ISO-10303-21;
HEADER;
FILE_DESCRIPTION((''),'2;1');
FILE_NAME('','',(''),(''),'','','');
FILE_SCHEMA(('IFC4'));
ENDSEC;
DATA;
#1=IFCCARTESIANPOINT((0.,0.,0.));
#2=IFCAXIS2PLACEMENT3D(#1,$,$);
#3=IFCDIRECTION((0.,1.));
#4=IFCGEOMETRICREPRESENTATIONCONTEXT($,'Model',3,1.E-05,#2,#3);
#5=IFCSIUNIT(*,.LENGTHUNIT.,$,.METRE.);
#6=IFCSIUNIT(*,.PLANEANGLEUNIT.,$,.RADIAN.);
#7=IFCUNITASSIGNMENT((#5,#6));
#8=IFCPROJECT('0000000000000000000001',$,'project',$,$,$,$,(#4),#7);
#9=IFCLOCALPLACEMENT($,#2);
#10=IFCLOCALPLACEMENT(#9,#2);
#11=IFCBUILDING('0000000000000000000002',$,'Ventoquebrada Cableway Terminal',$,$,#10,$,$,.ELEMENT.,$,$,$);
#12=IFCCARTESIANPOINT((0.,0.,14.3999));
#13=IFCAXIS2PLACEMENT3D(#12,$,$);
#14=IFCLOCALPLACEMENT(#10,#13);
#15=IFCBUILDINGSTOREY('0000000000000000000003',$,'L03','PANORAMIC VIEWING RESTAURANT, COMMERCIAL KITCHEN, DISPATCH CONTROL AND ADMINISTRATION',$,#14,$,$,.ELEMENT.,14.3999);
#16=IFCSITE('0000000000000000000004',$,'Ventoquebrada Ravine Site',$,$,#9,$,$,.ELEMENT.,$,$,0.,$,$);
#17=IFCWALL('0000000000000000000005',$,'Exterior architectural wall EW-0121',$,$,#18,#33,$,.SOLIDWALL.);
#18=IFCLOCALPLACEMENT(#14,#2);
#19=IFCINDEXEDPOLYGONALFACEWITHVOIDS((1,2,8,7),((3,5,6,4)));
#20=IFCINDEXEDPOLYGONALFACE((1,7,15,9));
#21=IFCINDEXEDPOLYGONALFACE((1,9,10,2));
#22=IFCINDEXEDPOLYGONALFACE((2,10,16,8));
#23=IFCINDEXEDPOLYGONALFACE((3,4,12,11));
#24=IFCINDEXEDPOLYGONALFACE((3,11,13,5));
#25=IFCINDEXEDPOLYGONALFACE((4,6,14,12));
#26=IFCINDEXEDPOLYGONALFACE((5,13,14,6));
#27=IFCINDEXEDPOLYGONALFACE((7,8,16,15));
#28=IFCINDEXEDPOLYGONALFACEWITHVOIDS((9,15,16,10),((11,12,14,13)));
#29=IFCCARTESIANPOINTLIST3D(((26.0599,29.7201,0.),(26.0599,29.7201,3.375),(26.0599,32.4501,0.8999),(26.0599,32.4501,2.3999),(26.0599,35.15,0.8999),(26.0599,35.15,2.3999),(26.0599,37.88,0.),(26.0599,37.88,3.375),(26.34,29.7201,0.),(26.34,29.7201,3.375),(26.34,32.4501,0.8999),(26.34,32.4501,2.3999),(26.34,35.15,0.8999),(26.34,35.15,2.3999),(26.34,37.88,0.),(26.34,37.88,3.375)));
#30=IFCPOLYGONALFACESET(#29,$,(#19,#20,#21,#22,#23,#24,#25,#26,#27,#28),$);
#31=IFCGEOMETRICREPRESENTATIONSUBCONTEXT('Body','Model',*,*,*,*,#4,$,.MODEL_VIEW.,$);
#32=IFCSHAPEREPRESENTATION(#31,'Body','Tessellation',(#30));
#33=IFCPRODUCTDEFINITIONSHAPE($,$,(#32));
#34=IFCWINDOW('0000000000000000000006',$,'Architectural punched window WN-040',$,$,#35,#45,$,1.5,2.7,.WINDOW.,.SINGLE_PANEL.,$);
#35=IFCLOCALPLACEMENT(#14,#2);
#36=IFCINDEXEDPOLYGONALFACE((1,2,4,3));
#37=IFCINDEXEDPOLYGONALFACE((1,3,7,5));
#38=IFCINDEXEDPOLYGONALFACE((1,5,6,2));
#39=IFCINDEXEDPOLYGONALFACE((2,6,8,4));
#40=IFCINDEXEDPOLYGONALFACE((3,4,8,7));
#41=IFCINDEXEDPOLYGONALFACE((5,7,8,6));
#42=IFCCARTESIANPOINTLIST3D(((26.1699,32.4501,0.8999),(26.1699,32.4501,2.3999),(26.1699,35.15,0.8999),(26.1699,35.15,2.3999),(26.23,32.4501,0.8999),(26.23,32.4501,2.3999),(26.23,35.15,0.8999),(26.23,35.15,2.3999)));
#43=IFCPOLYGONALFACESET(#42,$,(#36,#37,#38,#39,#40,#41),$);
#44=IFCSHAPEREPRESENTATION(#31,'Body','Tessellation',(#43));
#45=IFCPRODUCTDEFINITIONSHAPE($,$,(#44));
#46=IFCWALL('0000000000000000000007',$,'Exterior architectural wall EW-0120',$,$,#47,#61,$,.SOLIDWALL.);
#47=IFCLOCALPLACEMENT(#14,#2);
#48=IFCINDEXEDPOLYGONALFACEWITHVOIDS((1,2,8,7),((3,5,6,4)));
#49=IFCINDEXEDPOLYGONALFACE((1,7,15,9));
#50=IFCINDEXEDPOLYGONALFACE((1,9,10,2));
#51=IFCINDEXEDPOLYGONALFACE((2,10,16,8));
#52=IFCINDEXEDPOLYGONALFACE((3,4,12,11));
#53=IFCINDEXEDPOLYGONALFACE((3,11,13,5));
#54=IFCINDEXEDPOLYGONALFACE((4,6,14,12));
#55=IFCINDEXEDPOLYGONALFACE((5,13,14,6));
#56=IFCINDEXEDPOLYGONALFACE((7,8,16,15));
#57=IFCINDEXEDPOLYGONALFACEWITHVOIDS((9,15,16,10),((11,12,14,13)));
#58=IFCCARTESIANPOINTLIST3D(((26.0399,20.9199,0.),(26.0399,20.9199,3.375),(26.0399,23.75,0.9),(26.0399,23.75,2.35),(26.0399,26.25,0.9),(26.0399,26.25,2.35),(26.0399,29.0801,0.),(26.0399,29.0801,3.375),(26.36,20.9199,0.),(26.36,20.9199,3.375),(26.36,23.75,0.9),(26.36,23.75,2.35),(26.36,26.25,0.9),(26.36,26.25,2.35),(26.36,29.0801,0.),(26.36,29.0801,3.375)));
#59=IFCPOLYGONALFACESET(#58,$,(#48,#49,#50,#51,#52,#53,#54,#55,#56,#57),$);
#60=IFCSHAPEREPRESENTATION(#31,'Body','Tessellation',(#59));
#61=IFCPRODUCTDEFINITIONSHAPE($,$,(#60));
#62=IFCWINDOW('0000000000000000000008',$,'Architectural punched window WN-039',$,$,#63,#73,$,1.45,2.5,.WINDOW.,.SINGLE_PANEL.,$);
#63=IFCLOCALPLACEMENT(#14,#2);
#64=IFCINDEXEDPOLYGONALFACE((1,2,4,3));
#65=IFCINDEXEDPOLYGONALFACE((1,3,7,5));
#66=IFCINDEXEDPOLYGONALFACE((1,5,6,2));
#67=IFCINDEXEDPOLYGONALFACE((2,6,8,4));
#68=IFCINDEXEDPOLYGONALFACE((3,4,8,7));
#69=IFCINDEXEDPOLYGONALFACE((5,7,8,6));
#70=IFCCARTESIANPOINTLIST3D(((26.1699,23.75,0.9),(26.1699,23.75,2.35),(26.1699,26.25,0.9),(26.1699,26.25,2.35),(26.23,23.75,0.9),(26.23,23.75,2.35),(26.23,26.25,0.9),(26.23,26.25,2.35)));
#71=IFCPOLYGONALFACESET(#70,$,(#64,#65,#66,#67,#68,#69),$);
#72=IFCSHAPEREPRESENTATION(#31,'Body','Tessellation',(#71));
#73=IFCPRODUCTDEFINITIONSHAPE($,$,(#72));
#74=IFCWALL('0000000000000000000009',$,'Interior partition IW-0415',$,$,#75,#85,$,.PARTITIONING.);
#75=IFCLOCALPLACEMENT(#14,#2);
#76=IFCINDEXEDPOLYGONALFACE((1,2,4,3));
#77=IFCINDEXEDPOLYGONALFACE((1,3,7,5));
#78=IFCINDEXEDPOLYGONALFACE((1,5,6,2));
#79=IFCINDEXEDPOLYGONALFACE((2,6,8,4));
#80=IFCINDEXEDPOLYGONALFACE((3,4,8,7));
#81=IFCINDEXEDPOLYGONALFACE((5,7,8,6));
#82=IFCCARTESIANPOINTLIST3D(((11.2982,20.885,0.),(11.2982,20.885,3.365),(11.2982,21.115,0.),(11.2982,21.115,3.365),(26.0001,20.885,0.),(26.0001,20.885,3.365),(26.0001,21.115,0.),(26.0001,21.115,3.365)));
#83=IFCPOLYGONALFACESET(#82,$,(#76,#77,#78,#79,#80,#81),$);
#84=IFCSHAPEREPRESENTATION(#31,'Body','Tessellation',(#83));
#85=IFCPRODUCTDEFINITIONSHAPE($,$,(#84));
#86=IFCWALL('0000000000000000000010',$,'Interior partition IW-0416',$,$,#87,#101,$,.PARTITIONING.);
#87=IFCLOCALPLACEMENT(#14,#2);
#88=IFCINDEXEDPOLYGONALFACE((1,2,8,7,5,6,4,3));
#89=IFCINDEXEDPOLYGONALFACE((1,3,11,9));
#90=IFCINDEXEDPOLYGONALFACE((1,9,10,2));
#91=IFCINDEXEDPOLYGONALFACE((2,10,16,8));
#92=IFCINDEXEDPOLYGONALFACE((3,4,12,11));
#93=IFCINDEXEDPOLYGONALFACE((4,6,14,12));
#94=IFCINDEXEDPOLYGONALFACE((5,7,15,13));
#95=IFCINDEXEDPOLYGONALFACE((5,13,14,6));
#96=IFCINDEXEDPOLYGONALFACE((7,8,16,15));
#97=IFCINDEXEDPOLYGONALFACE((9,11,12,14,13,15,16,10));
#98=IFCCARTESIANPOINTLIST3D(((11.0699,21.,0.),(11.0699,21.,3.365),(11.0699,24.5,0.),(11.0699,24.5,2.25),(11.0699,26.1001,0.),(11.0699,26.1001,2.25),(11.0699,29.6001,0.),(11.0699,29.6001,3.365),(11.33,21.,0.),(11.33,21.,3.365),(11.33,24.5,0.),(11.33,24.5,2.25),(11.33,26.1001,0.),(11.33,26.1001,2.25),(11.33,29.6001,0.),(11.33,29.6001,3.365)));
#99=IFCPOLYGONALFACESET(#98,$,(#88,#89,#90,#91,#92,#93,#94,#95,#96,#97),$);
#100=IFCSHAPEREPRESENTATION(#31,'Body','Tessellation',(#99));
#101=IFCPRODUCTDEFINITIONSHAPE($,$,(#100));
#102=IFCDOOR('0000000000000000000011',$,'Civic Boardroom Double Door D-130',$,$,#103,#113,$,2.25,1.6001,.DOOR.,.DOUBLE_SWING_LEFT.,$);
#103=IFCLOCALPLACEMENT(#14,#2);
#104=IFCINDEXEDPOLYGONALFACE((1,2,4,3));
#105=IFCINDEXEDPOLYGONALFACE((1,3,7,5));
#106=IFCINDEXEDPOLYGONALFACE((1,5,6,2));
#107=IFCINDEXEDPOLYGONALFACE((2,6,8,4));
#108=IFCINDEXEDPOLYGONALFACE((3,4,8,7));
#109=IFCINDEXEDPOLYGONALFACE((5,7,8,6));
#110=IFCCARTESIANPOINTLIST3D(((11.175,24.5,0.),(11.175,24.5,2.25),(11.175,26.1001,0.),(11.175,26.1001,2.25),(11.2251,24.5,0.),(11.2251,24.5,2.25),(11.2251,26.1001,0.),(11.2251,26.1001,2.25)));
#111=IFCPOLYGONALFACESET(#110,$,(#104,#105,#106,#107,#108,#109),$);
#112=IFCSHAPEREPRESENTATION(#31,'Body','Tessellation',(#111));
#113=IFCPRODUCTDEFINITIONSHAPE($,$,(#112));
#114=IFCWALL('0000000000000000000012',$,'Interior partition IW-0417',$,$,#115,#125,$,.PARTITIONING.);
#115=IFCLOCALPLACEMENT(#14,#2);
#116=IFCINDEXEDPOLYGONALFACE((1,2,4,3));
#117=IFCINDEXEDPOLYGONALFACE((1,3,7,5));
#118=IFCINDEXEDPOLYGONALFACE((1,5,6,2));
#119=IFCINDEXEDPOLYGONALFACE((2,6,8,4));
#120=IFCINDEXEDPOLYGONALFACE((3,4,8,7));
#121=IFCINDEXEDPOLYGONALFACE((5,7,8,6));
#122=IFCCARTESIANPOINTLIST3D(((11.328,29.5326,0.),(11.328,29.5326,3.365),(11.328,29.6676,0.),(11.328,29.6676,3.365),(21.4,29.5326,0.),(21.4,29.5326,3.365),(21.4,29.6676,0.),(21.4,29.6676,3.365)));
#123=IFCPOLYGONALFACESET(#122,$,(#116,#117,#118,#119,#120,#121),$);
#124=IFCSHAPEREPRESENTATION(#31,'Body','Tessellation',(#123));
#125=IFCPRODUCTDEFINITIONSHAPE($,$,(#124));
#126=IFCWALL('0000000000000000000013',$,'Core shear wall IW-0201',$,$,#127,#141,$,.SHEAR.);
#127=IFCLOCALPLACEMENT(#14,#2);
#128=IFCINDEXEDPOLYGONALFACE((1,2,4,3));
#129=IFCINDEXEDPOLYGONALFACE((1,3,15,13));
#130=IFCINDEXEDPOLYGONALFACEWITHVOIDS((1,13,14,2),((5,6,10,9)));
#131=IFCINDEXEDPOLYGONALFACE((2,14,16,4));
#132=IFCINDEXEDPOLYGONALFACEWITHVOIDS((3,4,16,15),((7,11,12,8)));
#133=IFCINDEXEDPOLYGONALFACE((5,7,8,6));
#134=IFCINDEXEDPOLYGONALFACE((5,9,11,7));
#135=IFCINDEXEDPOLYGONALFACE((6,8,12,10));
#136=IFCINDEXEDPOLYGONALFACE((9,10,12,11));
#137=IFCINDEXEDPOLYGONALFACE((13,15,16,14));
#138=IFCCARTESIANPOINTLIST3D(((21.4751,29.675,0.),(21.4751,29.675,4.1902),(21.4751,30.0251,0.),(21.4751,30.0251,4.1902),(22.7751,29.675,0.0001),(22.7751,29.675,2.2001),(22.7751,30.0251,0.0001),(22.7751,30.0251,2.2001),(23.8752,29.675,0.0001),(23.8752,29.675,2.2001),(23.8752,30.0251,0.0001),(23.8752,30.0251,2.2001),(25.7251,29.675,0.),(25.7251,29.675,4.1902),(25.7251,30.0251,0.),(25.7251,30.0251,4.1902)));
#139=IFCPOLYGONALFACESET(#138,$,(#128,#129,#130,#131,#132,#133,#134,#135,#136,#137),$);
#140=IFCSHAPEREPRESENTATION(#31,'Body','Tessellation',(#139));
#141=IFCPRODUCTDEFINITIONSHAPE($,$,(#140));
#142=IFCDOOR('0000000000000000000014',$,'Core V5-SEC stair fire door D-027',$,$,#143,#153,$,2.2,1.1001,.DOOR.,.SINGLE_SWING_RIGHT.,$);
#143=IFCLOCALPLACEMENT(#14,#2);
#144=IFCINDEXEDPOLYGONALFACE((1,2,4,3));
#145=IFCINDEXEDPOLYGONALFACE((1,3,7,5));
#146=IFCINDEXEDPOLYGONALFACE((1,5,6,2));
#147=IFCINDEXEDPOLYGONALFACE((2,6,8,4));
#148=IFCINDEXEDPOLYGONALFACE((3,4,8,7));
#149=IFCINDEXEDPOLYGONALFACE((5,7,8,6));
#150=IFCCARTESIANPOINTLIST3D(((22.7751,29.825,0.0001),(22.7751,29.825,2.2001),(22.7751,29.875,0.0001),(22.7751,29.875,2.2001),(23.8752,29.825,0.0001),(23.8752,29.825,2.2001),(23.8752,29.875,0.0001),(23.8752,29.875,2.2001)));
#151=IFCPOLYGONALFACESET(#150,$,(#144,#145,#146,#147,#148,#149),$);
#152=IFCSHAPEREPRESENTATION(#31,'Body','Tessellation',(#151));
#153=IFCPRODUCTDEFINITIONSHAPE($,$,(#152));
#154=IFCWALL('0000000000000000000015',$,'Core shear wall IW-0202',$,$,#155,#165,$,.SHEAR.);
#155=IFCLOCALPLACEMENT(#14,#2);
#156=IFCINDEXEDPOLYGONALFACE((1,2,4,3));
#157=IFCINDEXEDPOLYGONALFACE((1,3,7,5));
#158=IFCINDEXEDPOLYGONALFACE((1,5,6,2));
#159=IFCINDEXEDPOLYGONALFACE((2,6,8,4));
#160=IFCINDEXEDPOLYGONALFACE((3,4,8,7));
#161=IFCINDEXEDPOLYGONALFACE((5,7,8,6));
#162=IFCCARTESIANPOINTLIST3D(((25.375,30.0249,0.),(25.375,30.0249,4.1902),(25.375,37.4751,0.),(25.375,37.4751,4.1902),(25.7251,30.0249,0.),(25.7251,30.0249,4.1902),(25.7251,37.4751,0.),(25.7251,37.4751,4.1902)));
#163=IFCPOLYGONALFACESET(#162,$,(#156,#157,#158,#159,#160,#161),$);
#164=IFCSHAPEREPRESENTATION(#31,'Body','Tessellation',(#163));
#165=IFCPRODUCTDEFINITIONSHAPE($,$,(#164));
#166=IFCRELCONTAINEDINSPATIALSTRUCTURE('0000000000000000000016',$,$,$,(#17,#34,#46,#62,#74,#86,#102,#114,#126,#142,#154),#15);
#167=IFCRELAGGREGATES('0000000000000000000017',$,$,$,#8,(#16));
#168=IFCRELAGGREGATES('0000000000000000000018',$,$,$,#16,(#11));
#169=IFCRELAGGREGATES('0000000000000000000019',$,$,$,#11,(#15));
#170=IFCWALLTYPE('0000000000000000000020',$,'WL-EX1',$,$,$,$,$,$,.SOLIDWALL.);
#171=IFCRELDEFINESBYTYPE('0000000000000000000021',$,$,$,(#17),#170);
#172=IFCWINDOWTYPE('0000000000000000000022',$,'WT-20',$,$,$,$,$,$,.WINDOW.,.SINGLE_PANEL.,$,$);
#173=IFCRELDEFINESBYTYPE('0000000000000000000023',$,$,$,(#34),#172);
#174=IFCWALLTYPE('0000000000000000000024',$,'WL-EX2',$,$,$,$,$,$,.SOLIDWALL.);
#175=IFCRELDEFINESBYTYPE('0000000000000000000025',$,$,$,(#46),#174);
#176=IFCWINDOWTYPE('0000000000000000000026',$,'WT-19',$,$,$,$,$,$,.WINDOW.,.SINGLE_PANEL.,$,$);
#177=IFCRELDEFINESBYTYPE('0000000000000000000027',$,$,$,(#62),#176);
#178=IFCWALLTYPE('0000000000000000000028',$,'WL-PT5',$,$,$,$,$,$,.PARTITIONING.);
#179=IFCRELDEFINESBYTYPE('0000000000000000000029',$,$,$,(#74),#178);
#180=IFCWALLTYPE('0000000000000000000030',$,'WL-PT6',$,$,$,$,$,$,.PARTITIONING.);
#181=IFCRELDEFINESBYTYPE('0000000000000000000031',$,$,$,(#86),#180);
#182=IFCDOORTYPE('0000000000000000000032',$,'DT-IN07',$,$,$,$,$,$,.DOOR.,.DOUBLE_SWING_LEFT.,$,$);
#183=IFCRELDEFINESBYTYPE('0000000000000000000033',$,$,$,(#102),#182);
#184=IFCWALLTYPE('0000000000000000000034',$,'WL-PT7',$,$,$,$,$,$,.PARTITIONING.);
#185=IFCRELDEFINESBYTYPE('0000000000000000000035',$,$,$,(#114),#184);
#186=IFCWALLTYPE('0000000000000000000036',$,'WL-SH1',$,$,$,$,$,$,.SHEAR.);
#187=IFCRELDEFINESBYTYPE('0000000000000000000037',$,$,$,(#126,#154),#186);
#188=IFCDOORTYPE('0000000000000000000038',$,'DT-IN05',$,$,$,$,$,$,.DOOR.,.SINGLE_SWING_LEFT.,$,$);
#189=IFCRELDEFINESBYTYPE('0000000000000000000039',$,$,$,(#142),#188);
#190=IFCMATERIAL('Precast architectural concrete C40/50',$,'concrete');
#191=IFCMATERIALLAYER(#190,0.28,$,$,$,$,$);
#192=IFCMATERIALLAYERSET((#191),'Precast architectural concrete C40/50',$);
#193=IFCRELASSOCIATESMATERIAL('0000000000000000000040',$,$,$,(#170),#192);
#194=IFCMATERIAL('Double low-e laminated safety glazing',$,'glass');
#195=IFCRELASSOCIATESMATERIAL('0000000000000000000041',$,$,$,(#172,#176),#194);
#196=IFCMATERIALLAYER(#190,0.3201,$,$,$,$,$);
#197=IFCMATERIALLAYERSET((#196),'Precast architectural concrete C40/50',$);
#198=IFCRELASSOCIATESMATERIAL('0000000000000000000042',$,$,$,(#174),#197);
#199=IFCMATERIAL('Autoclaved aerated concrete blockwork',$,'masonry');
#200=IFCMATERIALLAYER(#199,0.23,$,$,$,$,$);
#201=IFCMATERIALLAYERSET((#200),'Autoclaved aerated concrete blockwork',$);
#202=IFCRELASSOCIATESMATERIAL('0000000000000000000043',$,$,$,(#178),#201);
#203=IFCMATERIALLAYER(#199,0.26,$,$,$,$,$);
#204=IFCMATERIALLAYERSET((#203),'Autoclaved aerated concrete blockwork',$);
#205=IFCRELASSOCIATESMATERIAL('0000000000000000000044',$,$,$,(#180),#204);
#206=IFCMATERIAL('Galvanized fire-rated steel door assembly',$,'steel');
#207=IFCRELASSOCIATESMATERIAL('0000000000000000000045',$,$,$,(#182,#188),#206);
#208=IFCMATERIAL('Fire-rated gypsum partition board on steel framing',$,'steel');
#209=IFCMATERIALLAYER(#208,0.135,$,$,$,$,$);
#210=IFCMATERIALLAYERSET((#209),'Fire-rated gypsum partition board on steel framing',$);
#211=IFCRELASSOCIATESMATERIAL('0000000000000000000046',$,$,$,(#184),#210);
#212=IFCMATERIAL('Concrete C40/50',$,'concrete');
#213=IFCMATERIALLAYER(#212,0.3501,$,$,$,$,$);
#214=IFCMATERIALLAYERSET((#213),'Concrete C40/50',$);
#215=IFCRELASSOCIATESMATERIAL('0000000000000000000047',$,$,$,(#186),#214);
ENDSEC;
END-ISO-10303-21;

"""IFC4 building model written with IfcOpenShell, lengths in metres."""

from ifc_helpers import new_model, si_unit, direction, frame, frame_2d, origin, place, context, subcontext, project, spatial, rectangle, extrude, material, layer, layer_set, type_object, element, fill, save


model = new_model("IFC4")

# Units and contexts
model_context = context("Model", 3, precision=1e-05, world=origin(), true_north=direction((0.0, 1.0)))
body_context = subcontext(model_context, "Body", "Model", "MODEL_VIEW")
ifc_project = project(units=[si_unit("LENGTHUNIT", "METRE"), si_unit("PLANEANGLEUNIT", "RADIAN")], contexts=[model_context])

# Site, building, storey
site_placement = place(None, origin())
site = spatial("IfcSite", under=ifc_project, at=site_placement, Name="Ventoquebrada Ravine Site", CompositionType="ELEMENT", RefElevation=0.0)
building_placement = place(site_placement, origin())
building = spatial("IfcBuilding", under=site, at=building_placement, Name="Ventoquebrada Cableway Terminal", CompositionType="ELEMENT")
storey_placement = place(building_placement, frame((0.0, 0.0, 14.3999)))
storey = spatial("IfcBuildingStorey", under=building, at=storey_placement, Name="L03", Description="PANORAMIC VIEWING RESTAURANT, COMMERCIAL KITCHEN, DISPATCH CONTROL AND ADMINISTRATION", CompositionType="ELEMENT", Elevation=14.3999)

# Shared definitions
ifc_material_1 = material(Name="Concrete C40/50", Category="concrete")

# Walls, openings, windows
ifc_material_2 = material(Name="Precast architectural concrete C40/50", Category="concrete")
ifc_layer_1 = layer(ifc_material_2, 0.28)
ifc_layer_set_1 = layer_set([ifc_layer_1], Name="Precast architectural concrete C40/50")
wall_type_1 = type_object("IfcWallType", Name="WL-EX1", PredefinedType="SOLIDWALL", material=ifc_layer_set_1)
wall_1_placement = place(storey_placement, frame((26.2, 29.72, 0.0), z_axis=(0.0, 0.0, 1.0), x_axis=(0.0, 1.0, 0.0)))
wall_1 = element("IfcWall", 1, at=wall_1_placement, inside=storey, type_object=wall_type_1, Name="Exterior architectural wall EW-0121", PredefinedType="SOLIDWALL", context=body_context, shape_type="SweptSolid", body=[
    extrude(rectangle(XDim=8.1599, YDim=0.28, at=frame_2d((4.0801, 0.0))), origin(), (0.0, 0.0, 1.0), 3.375),
])
opening_1_placement = place(wall_1_placement, frame((2.73, 0.0, 0.8999)))
opening_1 = element("IfcOpeningElement", 2, at=opening_1_placement, cuts=wall_1, PredefinedType="OPENING", context=body_context, shape_type="SweptSolid", body=[
    extrude(rectangle(XDim=2.7, YDim=1.5, at=frame_2d((1.3501, 0.75))), frame((0.0, 0.1499, 0.0), z_axis=(0.0, -1.0, 0.0), x_axis=(1.0, 0.0, 0.0)), (0.0, 0.0, 1.0), 0.3),
])
ifc_material_3 = material(Name="Double low-e laminated safety glazing", Category="glass")
window_type_1 = type_object("IfcWindowType", Name="WT-20", PartitioningType="SINGLE_PANEL", PredefinedType="WINDOW", material=ifc_material_3)
window_1_placement = place(opening_1_placement, origin())
window_1 = element("IfcWindow", 3, at=window_1_placement, inside=storey, type_object=window_type_1, Name="Architectural punched window WN-040", OverallHeight=1.5, OverallWidth=2.7, PartitioningType="SINGLE_PANEL", PredefinedType="WINDOW", context=body_context, shape_type="SweptSolid", body=[
    extrude(rectangle(XDim=2.7, YDim=1.5, at=frame_2d((1.3501, 0.75))), frame((0.0, 0.03, 0.0), z_axis=(0.0, -1.0, 0.0), x_axis=(1.0, 0.0, 0.0)), (0.0, 0.0, 1.0), 0.0601),
])
fill(opening_1, window_1)
ifc_layer_2 = layer(ifc_material_2, 0.3201)
ifc_layer_set_2 = layer_set([ifc_layer_2], Name="Precast architectural concrete C40/50")
wall_type_2 = type_object("IfcWallType", Name="WL-EX2", PredefinedType="SOLIDWALL", material=ifc_layer_set_2)
wall_2_placement = place(storey_placement, frame((26.2, 20.9199, 0.0), z_axis=(0.0, 0.0, 1.0), x_axis=(0.0, 1.0, 0.0)))
wall_2 = element("IfcWall", 4, at=wall_2_placement, inside=storey, type_object=wall_type_2, Name="Exterior architectural wall EW-0120", PredefinedType="SOLIDWALL", context=body_context, shape_type="SweptSolid", body=[
    extrude(rectangle(XDim=8.1602, YDim=0.3201, at=frame_2d((4.0801, 0.0))), origin(), (0.0, 0.0, 1.0), 3.375),
])
opening_2_placement = place(wall_2_placement, frame((2.8301, 0.0, 0.8999)))
opening_2 = element("IfcOpeningElement", 5, at=opening_2_placement, cuts=wall_2, PredefinedType="OPENING", context=body_context, shape_type="SweptSolid", body=[
    extrude(rectangle(XDim=2.5, YDim=1.45, at=frame_2d((1.25, 0.7251))), frame((0.0, 0.1699, 0.0), z_axis=(0.0, -1.0, 0.0), x_axis=(1.0, 0.0, 0.0)), (0.0, 0.0, 1.0), 0.3401),
])
window_type_2 = type_object("IfcWindowType", Name="WT-19", PartitioningType="SINGLE_PANEL", PredefinedType="WINDOW", material=ifc_material_3)
window_2_placement = place(opening_2_placement, origin())
window_2 = element("IfcWindow", 6, at=window_2_placement, inside=storey, type_object=window_type_2, Name="Architectural punched window WN-039", OverallHeight=1.45, OverallWidth=2.5, PartitioningType="SINGLE_PANEL", PredefinedType="WINDOW", context=body_context, shape_type="SweptSolid", body=[
    extrude(rectangle(XDim=2.5, YDim=1.45, at=frame_2d((1.25, 0.7251))), frame((0.0, 0.03, 0.0), z_axis=(0.0, -1.0, 0.0), x_axis=(1.0, 0.0, 0.0)), (0.0, 0.0, 1.0), 0.0601),
])
fill(opening_2, window_2)

# Wall
ifc_material_4 = material(Name="Autoclaved aerated concrete blockwork", Category="masonry")
ifc_layer_3 = layer(ifc_material_4, 0.23)
ifc_layer_set_3 = layer_set([ifc_layer_3], Name="Autoclaved aerated concrete blockwork")
wall_type_3 = type_object("IfcWallType", Name="WL-PT5", PredefinedType="PARTITIONING", material=ifc_layer_set_3)
wall_3_placement = place(storey_placement, frame((11.2981, 21.0, 0.0), z_axis=(0.0, 0.0, 1.0), x_axis=(1.0, 0.0, 0.0)))
element("IfcWall", 7, at=wall_3_placement, inside=storey, type_object=wall_type_3, Name="Interior partition IW-0415", PredefinedType="PARTITIONING", context=body_context, shape_type="SweptSolid", body=[
    extrude(rectangle(XDim=14.7019, YDim=0.23, at=frame_2d((7.3511, 0.0))), origin(), (0.0, 0.0, 1.0), 3.365),
])

# Wall, opening, door
ifc_layer_4 = layer(ifc_material_4, 0.26)
ifc_layer_set_4 = layer_set([ifc_layer_4], Name="Autoclaved aerated concrete blockwork")
wall_type_4 = type_object("IfcWallType", Name="WL-PT6", PredefinedType="PARTITIONING", material=ifc_layer_set_4)
wall_4_placement = place(storey_placement, frame((11.2, 21.0, 0.0), z_axis=(0.0, 0.0, 1.0), x_axis=(0.0, 1.0, 0.0)))
wall_4 = element("IfcWall", 8, at=wall_4_placement, inside=storey, type_object=wall_type_4, Name="Interior partition IW-0416", PredefinedType="PARTITIONING", context=body_context, shape_type="SweptSolid", body=[
    extrude(rectangle(XDim=8.6001, YDim=0.26, at=frame_2d((4.3, 0.0))), origin(), (0.0, 0.0, 1.0), 3.365),
])
opening_3_placement = place(wall_4_placement, frame((3.5, 0.0, 0.0)))
opening_3 = element("IfcOpeningElement", 9, at=opening_3_placement, cuts=wall_4, PredefinedType="OPENING", context=body_context, shape_type="SweptSolid", body=[
    extrude(rectangle(XDim=1.6001, YDim=2.25, at=frame_2d((0.8, 1.125))), frame((0.0, 0.1399, 0.0), z_axis=(0.0, -1.0, 0.0), x_axis=(1.0, 0.0, 0.0)), (0.0, 0.0, 1.0), 0.28),
])
ifc_material_5 = material(Name="Galvanized fire-rated steel door assembly", Category="steel")
door_type_1 = type_object("IfcDoorType", Name="DT-IN07", OperationType="DOUBLE_SWING_LEFT", PredefinedType="DOOR", material=ifc_material_5)
door_1_placement = place(opening_3_placement, origin())
door_1 = element("IfcDoor", 10, at=door_1_placement, inside=storey, type_object=door_type_1, Name="Civic Boardroom Double Door D-130", OperationType="DOUBLE_SWING_LEFT", OverallHeight=2.25, OverallWidth=1.6001, PredefinedType="DOOR", context=body_context, shape_type="SweptSolid", body=[
    extrude(rectangle(XDim=1.6001, YDim=2.25, at=frame_2d((0.8, 1.125))), frame((0.0, 0.0249, 0.0), z_axis=(0.0, -1.0, 0.0), x_axis=(1.0, 0.0, 0.0)), (0.0, 0.0, 1.0), 0.05),
])
fill(opening_3, door_1)

# Wall
ifc_material_6 = material(Name="Fire-rated gypsum partition board on steel framing", Category="steel")
ifc_layer_5 = layer(ifc_material_6, 0.135)
ifc_layer_set_5 = layer_set([ifc_layer_5], Name="Fire-rated gypsum partition board on steel framing")
wall_type_5 = type_object("IfcWallType", Name="WL-PT7", PredefinedType="PARTITIONING", material=ifc_layer_set_5)
wall_5_placement = place(storey_placement, frame((11.3279, 29.6001, 0.0), z_axis=(0.0, 0.0, 1.0), x_axis=(1.0, 0.0, 0.0)))
element("IfcWall", 11, at=wall_5_placement, inside=storey, type_object=wall_type_5, Name="Interior partition IW-0417", PredefinedType="PARTITIONING", context=body_context, shape_type="SweptSolid", body=[
    extrude(rectangle(XDim=10.072, YDim=0.135, at=frame_2d((5.0361, 0.0))), origin(), (0.0, 0.0, 1.0), 3.365),
])

# Wall, opening, door
ifc_layer_6 = layer(ifc_material_1, 0.3501)
ifc_layer_set_6 = layer_set([ifc_layer_6], Name="Concrete C40/50")
wall_type_6 = type_object("IfcWallType", Name="WL-SH1", PredefinedType="SHEAR", material=ifc_layer_set_6)
wall_6_placement = place(storey_placement, frame((21.4751, 29.8501, 0.0), z_axis=(0.0, 0.0, 1.0), x_axis=(1.0, 0.0, 0.0)))
wall_6 = element("IfcWall", 12, at=wall_6_placement, inside=storey, type_object=wall_type_6, Name="Core shear wall IW-0201", PredefinedType="SHEAR", context=body_context, shape_type="SweptSolid", body=[
    extrude(rectangle(XDim=4.25, YDim=0.3501, at=frame_2d((2.125, 0.0))), origin(), (0.0, 0.0, 1.0), 4.1902),
])
opening_4_placement = place(wall_6_placement, frame((1.3, 0.0, 0.0)))
opening_4 = element("IfcOpeningElement", 13, at=opening_4_placement, cuts=wall_6, PredefinedType="OPENING", context=body_context, shape_type="SweptSolid", body=[
    extrude(rectangle(XDim=1.1001, YDim=2.2, at=frame_2d((0.55, 1.1001))), frame((0.0, 0.1851, 0.0), z_axis=(0.0, -1.0, 0.0), x_axis=(1.0, 0.0, 0.0)), (0.0, 0.0, 1.0), 0.3701),
])
door_type_2 = type_object("IfcDoorType", Name="DT-IN05", OperationType="SINGLE_SWING_LEFT", PredefinedType="DOOR", material=ifc_material_5)
door_2_placement = place(opening_4_placement, origin())
door_2 = element("IfcDoor", 14, at=door_2_placement, inside=storey, type_object=door_type_2, Name="Core V5-SEC stair fire door D-027", OperationType="SINGLE_SWING_RIGHT", OverallHeight=2.2, OverallWidth=1.1001, PredefinedType="DOOR", context=body_context, shape_type="SweptSolid", body=[
    extrude(rectangle(XDim=1.1001, YDim=2.2, at=frame_2d((0.55, 1.1001))), frame((0.0, 0.0249, 0.0), z_axis=(0.0, -1.0, 0.0), x_axis=(1.0, 0.0, 0.0)), (0.0, 0.0, 1.0), 0.05),
])
fill(opening_4, door_2)

# Wall
wall_7_placement = place(storey_placement, frame((25.55, 30.0249, 0.0), z_axis=(0.0, 0.0, 1.0), x_axis=(0.0, 1.0, 0.0)))
element("IfcWall", 15, at=wall_7_placement, inside=storey, type_object=wall_type_6, Name="Core shear wall IW-0202", PredefinedType="SHEAR", context=body_context, shape_type="SweptSolid", body=[
    extrude(rectangle(XDim=7.4502, YDim=0.3501, at=frame_2d((3.7251, 0.0))), origin(), (0.0, 0.0, 1.0), 4.1902),
])

save(model, "model.ifc")
